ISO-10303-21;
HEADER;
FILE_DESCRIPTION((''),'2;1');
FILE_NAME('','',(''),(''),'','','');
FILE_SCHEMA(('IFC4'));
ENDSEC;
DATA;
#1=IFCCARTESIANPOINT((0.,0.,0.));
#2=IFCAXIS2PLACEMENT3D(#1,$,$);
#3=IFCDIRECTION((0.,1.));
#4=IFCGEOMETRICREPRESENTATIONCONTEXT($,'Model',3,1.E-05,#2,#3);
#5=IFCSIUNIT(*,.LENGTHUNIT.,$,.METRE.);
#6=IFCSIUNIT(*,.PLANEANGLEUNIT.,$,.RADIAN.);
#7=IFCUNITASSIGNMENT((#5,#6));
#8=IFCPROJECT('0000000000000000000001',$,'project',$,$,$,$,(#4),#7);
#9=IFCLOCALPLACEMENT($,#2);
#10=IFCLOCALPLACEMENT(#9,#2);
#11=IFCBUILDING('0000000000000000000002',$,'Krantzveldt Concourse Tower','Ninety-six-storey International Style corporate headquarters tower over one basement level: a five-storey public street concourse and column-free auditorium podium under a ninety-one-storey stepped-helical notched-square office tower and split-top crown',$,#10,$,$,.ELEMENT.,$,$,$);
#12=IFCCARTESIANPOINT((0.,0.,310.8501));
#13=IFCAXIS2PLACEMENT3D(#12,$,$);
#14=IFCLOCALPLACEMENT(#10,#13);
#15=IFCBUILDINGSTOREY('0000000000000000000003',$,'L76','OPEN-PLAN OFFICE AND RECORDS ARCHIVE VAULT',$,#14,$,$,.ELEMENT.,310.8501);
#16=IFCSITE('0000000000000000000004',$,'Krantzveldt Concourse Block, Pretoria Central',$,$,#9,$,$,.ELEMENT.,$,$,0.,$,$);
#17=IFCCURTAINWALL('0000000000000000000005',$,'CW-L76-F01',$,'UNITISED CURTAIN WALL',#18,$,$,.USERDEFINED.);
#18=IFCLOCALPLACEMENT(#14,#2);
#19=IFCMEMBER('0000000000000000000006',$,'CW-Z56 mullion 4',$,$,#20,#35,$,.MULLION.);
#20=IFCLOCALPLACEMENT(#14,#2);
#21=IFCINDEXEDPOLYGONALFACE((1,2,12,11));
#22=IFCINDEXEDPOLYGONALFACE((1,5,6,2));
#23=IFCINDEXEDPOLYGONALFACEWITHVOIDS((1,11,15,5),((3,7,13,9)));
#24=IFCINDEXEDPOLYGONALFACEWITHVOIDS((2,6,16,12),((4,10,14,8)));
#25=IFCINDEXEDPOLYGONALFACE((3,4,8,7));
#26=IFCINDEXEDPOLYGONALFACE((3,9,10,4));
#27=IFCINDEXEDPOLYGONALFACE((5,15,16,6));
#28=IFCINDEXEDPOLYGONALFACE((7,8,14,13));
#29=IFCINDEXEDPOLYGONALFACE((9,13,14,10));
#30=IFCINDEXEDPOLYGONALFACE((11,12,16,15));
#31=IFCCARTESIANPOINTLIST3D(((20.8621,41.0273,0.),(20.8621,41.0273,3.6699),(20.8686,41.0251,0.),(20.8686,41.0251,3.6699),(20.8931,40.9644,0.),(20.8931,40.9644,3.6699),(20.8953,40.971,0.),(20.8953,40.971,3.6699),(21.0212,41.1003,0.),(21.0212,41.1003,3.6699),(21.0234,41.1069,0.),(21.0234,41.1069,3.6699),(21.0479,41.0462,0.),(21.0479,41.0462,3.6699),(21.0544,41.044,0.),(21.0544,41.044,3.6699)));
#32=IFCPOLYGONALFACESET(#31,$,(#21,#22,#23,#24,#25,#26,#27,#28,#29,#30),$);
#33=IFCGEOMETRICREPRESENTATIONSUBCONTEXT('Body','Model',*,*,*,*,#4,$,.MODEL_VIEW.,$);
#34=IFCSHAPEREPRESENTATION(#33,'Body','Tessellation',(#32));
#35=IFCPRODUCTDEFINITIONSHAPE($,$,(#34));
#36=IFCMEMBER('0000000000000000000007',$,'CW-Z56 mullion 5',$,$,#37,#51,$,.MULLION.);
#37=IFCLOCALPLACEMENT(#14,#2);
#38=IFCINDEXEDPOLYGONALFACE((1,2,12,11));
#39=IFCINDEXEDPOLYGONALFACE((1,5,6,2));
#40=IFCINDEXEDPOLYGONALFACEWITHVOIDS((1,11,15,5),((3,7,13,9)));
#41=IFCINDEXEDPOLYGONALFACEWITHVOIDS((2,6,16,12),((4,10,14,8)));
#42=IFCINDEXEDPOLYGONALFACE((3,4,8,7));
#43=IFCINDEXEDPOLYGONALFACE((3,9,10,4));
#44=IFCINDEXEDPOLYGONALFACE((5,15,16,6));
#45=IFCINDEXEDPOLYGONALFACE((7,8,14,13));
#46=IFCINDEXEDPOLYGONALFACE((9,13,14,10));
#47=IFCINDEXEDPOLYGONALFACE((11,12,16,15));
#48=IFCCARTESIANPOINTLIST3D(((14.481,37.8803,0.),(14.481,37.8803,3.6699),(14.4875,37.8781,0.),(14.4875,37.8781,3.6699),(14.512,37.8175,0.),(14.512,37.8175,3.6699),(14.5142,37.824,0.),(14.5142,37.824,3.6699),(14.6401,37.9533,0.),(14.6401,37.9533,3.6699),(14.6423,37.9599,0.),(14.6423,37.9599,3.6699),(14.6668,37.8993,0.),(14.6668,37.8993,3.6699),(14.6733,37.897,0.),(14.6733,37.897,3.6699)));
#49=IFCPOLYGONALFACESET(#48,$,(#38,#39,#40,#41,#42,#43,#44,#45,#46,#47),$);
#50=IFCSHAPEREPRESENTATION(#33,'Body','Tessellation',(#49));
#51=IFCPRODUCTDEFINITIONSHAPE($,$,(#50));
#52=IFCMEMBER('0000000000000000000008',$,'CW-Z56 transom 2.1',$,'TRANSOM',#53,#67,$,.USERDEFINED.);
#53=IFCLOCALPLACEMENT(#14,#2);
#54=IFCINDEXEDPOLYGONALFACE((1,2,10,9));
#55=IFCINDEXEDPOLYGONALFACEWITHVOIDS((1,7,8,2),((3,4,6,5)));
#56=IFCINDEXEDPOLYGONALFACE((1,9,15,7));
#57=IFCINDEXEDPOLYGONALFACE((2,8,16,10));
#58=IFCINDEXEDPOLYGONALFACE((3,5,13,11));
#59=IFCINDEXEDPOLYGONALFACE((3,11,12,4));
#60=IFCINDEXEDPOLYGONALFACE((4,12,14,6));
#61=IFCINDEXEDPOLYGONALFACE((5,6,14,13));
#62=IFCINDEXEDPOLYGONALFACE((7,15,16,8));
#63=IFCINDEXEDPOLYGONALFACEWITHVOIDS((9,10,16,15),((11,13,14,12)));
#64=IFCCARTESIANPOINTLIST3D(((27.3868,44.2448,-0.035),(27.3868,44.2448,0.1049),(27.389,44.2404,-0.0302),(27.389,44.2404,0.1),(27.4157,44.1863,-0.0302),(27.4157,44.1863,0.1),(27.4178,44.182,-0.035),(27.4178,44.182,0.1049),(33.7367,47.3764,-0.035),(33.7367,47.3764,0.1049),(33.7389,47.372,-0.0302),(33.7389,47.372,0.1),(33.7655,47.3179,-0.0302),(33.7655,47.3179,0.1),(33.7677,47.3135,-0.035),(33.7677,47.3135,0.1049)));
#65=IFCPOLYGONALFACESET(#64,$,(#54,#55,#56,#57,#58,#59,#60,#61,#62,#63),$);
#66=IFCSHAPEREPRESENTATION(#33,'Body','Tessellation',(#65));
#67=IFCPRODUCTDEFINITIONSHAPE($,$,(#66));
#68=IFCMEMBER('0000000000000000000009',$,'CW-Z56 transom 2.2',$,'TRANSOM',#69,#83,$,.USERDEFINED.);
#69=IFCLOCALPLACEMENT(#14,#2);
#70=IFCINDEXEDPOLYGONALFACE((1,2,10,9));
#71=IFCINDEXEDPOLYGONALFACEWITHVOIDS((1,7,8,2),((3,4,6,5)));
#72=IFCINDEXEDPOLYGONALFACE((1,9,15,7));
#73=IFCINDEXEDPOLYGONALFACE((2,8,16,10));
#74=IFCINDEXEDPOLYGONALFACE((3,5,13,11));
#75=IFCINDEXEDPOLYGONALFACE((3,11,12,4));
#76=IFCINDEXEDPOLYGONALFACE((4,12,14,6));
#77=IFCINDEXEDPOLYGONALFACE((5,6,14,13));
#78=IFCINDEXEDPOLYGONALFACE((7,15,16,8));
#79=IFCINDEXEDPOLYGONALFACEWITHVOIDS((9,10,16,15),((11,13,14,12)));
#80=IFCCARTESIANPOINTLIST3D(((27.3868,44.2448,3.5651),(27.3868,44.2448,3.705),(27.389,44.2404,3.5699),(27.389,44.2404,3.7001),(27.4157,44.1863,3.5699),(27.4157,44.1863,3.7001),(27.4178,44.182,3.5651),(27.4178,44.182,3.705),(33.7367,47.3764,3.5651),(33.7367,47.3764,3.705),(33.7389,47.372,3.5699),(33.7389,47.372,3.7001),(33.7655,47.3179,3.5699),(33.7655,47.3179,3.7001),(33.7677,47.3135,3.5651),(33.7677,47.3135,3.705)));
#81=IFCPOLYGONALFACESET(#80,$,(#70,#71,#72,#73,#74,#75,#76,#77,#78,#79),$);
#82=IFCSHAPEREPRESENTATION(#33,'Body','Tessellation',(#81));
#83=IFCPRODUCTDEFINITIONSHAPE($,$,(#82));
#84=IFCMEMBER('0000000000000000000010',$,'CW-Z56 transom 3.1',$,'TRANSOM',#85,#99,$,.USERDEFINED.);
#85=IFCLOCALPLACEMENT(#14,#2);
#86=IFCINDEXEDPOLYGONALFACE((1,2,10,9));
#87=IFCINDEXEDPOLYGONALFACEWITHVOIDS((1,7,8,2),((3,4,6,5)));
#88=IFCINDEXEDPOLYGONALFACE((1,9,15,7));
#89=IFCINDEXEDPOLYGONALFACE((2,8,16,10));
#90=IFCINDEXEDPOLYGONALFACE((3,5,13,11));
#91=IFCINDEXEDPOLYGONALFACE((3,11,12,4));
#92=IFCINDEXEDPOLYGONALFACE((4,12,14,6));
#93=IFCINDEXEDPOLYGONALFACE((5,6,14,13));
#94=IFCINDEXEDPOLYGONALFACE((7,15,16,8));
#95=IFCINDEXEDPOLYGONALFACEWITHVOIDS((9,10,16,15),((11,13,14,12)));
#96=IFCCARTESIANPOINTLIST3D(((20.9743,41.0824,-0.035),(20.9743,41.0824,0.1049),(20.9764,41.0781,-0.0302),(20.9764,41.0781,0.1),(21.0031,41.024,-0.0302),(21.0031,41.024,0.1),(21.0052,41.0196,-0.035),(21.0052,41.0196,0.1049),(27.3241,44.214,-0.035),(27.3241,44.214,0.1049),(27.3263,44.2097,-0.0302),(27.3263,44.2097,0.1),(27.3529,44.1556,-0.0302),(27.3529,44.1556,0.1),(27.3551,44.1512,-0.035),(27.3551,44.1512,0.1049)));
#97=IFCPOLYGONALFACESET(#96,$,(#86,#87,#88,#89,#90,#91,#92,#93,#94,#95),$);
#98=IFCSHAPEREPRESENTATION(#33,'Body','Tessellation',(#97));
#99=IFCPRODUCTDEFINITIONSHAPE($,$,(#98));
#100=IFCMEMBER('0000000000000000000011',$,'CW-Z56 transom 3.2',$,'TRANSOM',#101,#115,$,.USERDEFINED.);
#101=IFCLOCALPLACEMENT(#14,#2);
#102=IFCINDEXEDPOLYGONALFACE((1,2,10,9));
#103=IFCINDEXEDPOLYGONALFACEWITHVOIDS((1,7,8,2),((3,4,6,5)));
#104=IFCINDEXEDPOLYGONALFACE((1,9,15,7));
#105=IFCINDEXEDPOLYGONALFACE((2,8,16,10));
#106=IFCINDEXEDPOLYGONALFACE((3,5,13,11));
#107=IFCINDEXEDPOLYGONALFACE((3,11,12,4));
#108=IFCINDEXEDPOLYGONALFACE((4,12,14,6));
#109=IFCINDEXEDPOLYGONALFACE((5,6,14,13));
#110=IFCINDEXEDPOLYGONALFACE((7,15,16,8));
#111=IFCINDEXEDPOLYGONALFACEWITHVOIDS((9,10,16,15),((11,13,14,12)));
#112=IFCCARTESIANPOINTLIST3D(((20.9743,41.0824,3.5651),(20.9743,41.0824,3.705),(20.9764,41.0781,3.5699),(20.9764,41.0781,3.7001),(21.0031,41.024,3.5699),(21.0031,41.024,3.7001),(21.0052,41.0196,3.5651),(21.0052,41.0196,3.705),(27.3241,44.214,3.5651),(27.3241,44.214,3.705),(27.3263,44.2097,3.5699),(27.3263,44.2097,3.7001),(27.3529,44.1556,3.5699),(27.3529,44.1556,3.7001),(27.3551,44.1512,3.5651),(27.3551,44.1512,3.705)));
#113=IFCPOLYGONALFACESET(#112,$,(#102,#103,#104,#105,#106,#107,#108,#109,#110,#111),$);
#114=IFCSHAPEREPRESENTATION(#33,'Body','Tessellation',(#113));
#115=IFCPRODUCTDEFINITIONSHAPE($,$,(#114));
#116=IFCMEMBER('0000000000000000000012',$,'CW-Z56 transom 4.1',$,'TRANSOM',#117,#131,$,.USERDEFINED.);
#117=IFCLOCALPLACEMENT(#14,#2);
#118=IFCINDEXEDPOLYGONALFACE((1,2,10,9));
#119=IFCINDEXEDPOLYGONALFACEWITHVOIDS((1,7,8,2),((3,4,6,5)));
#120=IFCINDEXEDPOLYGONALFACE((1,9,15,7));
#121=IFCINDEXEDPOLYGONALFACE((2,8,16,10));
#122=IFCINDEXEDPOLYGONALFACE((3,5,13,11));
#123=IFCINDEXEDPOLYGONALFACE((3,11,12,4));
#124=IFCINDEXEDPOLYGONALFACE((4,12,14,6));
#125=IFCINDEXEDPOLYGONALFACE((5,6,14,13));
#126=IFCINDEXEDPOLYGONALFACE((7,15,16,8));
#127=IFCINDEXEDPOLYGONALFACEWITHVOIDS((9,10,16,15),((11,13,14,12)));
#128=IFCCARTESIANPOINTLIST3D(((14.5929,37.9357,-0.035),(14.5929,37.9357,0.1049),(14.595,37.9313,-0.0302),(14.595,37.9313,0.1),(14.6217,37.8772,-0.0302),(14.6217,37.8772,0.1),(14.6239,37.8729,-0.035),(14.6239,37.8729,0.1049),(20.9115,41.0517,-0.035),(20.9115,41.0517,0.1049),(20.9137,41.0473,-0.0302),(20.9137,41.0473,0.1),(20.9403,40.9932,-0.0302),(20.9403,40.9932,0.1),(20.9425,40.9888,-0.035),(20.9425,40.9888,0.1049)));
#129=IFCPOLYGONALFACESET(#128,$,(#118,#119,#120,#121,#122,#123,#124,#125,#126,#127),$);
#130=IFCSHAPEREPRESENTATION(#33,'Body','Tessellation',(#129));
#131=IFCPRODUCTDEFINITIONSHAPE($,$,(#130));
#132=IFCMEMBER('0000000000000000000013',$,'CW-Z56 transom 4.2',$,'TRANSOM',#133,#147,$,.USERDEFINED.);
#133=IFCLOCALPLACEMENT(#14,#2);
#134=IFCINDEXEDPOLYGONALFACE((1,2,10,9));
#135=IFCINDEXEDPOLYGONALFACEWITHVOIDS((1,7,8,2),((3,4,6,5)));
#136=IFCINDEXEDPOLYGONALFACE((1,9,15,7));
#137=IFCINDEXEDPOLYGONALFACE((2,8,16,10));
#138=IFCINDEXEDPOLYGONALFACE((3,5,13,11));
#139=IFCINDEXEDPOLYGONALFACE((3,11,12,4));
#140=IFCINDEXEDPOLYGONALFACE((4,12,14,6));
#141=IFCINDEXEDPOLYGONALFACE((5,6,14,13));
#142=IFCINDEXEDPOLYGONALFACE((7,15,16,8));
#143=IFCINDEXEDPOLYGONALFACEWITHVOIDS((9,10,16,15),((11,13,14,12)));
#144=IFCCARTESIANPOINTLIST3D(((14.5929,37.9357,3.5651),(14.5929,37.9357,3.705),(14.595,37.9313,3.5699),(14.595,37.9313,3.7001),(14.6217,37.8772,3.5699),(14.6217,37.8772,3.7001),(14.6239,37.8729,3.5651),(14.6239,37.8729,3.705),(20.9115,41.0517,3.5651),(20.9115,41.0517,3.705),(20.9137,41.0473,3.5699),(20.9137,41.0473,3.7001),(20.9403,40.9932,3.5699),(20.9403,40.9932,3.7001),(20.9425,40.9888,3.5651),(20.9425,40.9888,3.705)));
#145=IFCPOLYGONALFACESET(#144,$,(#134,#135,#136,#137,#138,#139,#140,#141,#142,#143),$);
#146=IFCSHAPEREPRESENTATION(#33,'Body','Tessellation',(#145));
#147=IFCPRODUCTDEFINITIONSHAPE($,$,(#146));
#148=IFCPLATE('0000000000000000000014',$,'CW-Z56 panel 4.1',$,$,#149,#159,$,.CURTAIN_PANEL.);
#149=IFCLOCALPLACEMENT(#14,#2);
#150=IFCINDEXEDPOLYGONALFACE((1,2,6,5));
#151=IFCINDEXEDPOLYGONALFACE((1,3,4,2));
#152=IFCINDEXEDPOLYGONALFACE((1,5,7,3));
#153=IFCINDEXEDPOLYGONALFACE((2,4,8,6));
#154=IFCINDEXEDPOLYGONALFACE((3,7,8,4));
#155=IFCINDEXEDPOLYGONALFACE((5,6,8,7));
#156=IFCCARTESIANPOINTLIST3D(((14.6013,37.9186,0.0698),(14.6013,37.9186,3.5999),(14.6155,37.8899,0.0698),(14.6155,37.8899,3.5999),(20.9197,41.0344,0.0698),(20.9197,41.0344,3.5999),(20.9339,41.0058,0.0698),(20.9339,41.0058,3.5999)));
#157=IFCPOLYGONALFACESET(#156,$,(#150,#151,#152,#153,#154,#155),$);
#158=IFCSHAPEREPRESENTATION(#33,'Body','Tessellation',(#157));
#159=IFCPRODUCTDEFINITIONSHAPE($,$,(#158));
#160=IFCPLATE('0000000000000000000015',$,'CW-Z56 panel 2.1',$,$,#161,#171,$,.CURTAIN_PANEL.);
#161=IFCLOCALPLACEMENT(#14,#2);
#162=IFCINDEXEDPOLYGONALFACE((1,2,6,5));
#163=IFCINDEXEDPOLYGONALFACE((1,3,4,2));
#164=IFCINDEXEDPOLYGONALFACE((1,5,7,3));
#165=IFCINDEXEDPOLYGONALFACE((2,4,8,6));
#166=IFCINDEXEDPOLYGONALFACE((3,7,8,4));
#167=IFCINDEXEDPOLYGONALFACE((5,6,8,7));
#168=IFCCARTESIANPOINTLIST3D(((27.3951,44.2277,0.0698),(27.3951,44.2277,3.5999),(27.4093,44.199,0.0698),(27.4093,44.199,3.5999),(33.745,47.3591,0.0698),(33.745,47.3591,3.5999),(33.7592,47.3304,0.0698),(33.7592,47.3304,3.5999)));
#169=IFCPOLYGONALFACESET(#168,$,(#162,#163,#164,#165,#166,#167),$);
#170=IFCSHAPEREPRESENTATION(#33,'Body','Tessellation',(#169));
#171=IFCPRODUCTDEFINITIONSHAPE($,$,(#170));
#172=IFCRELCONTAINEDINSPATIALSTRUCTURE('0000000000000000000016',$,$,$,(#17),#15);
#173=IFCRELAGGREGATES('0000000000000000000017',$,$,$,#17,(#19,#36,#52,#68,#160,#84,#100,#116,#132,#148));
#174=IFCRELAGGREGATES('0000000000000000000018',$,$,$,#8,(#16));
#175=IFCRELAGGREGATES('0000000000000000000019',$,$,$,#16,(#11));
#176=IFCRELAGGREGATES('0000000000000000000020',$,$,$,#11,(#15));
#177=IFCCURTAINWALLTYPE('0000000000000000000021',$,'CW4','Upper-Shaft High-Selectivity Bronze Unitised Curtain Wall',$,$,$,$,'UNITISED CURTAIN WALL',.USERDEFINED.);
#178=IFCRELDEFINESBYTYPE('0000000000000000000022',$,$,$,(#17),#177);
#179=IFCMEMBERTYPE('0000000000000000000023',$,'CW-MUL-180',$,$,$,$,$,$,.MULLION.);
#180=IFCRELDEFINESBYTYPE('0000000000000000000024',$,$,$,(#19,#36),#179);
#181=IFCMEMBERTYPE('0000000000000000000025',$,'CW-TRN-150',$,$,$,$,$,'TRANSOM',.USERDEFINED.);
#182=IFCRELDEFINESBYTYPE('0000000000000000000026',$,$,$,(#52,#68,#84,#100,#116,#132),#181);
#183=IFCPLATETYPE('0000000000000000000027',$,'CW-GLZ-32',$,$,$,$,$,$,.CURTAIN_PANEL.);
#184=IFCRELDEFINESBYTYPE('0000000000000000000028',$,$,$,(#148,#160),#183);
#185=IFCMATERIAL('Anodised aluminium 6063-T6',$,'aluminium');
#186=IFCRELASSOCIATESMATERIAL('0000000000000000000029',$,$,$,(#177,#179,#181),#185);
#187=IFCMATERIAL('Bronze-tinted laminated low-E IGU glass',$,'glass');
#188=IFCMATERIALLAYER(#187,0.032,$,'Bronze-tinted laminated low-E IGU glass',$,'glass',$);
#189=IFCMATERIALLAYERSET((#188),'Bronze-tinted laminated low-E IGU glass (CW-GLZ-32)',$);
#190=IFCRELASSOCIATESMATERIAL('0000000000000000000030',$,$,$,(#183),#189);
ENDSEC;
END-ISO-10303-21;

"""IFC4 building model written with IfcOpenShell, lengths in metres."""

from ifc_helpers import new_model, si_unit, direction, frame, origin, origin_2d, place, context, subcontext, project, spatial, rectangle, hollow_rectangle, extrude, source, transform, mapped, material, layer, layer_set, material_profile, profile_set, type_object, type_shapes, element, aggregate, save


model = new_model("IFC4")

# Units and contexts
model_context = context("Model", 3, precision=1e-05, world=origin(), true_north=direction((0.0, 1.0)))
body_context = subcontext(model_context, "Body", "Model", "MODEL_VIEW")
ifc_project = project(units=[si_unit("LENGTHUNIT", "METRE"), si_unit("PLANEANGLEUNIT", "RADIAN")], contexts=[model_context])

# Site, building, storey
site_placement = place(None, origin())
site = spatial("IfcSite", under=ifc_project, at=site_placement, Name="Krantzveldt Concourse Block, Pretoria Central", CompositionType="ELEMENT", RefElevation=0.0)
building_placement = place(site_placement, origin())
building = spatial("IfcBuilding", under=site, at=building_placement, Name="Krantzveldt Concourse Tower", Description="Ninety-six-storey International Style corporate headquarters tower over one basement level: a five-storey public street concourse and column-free auditorium podium under a ninety-one-storey stepped-helical notched-square office tower and split-top crown", CompositionType="ELEMENT")
storey_placement = place(building_placement, frame((0.0, 0.0, 310.8501)))
storey = spatial("IfcBuildingStorey", under=building, at=storey_placement, Name="L76", Description="OPEN-PLAN OFFICE AND RECORDS ARCHIVE VAULT", CompositionType="ELEMENT", Elevation=310.8501)

# Curtain wall, members, plates
ifc_material_1 = material(Name="Anodised aluminium 6063-T6", Category="aluminium")
curtain_wall_type = type_object("IfcCurtainWallType", Name="CW4", Description="Upper-Shaft High-Selectivity Bronze Unitised Curtain Wall", ElementType="UNITISED CURTAIN WALL", PredefinedType="USERDEFINED", material=ifc_material_1)
curtain_wall_placement = place(storey_placement, origin())
curtain_wall = element("IfcCurtainWall", 1, at=curtain_wall_placement, inside=storey, type_object=curtain_wall_type, Name="CW-L76-F01", ObjectType="UNITISED CURTAIN WALL", PredefinedType="USERDEFINED")
ifc_material_profile_1 = material_profile(ifc_material_1, hollow_rectangle(XDim=0.0701, YDim=0.1799, WallThickness=0.0049, at=origin_2d()), Name="Anodised aluminium 6063-T6", Category="aluminium")
ifc_profile_set_1 = profile_set([ifc_material_profile_1], Name="Anodised aluminium 6063-T6 - ALU-MULL 180x70x5")
member_type_1 = type_object("IfcMemberType", Name="CW-MUL-180", PredefinedType="MULLION", material=ifc_profile_set_1)
shared_shape_1 = source(origin(), body_context, "Body", "SweptSolid", [
    extrude(hollow_rectangle(XDim=0.0701, YDim=0.1799, WallThickness=0.0049, at=origin_2d()), origin(), (0.0, 0.0, 1.0), 3.6699),
])
type_shapes(member_type_1, [shared_shape_1])
member_1_placement = place(storey_placement, frame((20.9583, 41.0356, 0.0), z_axis=(0.0, 0.0, 1.0), x_axis=(0.442289, -0.896873, 0.0)))
member_1 = element("IfcMember", 2, at=member_1_placement, type_object=member_type_1, Name="CW-Z56 mullion 4", PredefinedType="MULLION", context=body_context, shape_type="MappedRepresentation", body=[
    mapped(shared_shape_1, transform((0.0, 0.0, 0.0), x_axis=(1.0, 0.0, 0.0), y_axis=(0.0, 1.0, 0.0), z_axis=(0.0, 0.0, 1.0), scale=1.0)),
])
member_2_placement = place(storey_placement, frame((14.5771, 37.8887, 0.0), z_axis=(0.0, 0.0, 1.0), x_axis=(0.442289, -0.896873, 0.0)))
member_2 = element("IfcMember", 3, at=member_2_placement, type_object=member_type_1, Name="CW-Z56 mullion 5", PredefinedType="MULLION", context=body_context, shape_type="MappedRepresentation", body=[
    mapped(shared_shape_1, transform((0.0, 0.0, 0.0), x_axis=(1.0, 0.0, 0.0), y_axis=(0.0, 1.0, 0.0), z_axis=(0.0, 0.0, 1.0), scale=1.0)),
])
ifc_material_profile_2 = material_profile(ifc_material_1, hollow_rectangle(XDim=0.0701, YDim=0.1399, WallThickness=0.0049, at=origin_2d()), Name="Anodised aluminium 6063-T6", Category="aluminium")
ifc_profile_set_2 = profile_set([ifc_material_profile_2], Name="Anodised aluminium 6063-T6 - ALU-TRAN 140x70x5")
member_type_2 = type_object("IfcMemberType", Name="CW-TRN-150", ElementType="TRANSOM", PredefinedType="USERDEFINED", material=ifc_profile_set_2)
shared_shape_2 = source(origin(), body_context, "Body", "SweptSolid", [
    extrude(hollow_rectangle(XDim=0.0701, YDim=0.1399, WallThickness=0.0049, at=origin_2d()), origin(), (0.0, 0.0, 1.0), 7.0801),
])
member_3_placement = place(storey_placement, frame((33.7522, 47.345, 0.0349), z_axis=(-0.896862, -0.44231, 0.0), x_axis=(0.44231, -0.896862, 0.0)))
member_3 = element("IfcMember", 4, at=member_3_placement, type_object=member_type_2, Name="CW-Z56 transom 2.1", ObjectType="TRANSOM", PredefinedType="USERDEFINED", context=body_context, shape_type="MappedRepresentation", body=[
    mapped(shared_shape_2, transform((0.0, 0.0, 0.0), x_axis=(1.0, 0.0, 0.0), y_axis=(0.0, 1.0, 0.0), z_axis=(0.0, 0.0, 1.0), scale=1.0)),
])
member_4_placement = place(storey_placement, frame((33.7522, 47.345, 3.635), z_axis=(-0.896862, -0.44231, 0.0), x_axis=(0.44231, -0.896862, 0.0)))
member_4 = element("IfcMember", 5, at=member_4_placement, type_object=member_type_2, Name="CW-Z56 transom 2.2", ObjectType="TRANSOM", PredefinedType="USERDEFINED", context=body_context, shape_type="MappedRepresentation", body=[
    mapped(shared_shape_2, transform((0.0, 0.0, 0.0), x_axis=(1.0, 0.0, 0.0), y_axis=(0.0, 1.0, 0.0), z_axis=(0.0, 0.0, 1.0), scale=1.0)),
])
member_5_placement = place(storey_placement, frame((27.3396, 44.1826, 0.0349), z_axis=(-0.896862, -0.44231, 0.0), x_axis=(0.44231, -0.896862, 0.0)))
member_5 = element("IfcMember", 6, at=member_5_placement, type_object=member_type_2, Name="CW-Z56 transom 3.1", ObjectType="TRANSOM", PredefinedType="USERDEFINED", context=body_context, shape_type="MappedRepresentation", body=[
    mapped(shared_shape_2, transform((0.0, 0.0, 0.0), x_axis=(1.0, 0.0, 0.0), y_axis=(0.0, 1.0, 0.0), z_axis=(0.0, 0.0, 1.0), scale=1.0)),
])
member_6_placement = place(storey_placement, frame((27.3396, 44.1826, 3.635), z_axis=(-0.896862, -0.44231, 0.0), x_axis=(0.44231, -0.896862, 0.0)))
member_6 = element("IfcMember", 7, at=member_6_placement, type_object=member_type_2, Name="CW-Z56 transom 3.2", ObjectType="TRANSOM", PredefinedType="USERDEFINED", context=body_context, shape_type="MappedRepresentation", body=[
    mapped(shared_shape_2, transform((0.0, 0.0, 0.0), x_axis=(1.0, 0.0, 0.0), y_axis=(0.0, 1.0, 0.0), z_axis=(0.0, 0.0, 1.0), scale=1.0)),
])
shared_shape_3 = source(origin(), body_context, "Body", "SweptSolid", [
    extrude(hollow_rectangle(XDim=0.0701, YDim=0.1399, WallThickness=0.0049, at=origin_2d()), origin(), (0.0, 0.0, 1.0), 7.0452),
])
type_shapes(member_type_2, [shared_shape_2, shared_shape_3])
member_7_placement = place(storey_placement, frame((20.927, 41.0203, 0.0349), z_axis=(-0.896874, -0.442286, 0.0), x_axis=(0.442286, -0.896874, 0.0)))
member_7 = element("IfcMember", 8, at=member_7_placement, type_object=member_type_2, Name="CW-Z56 transom 4.1", ObjectType="TRANSOM", PredefinedType="USERDEFINED", context=body_context, shape_type="MappedRepresentation", body=[
    mapped(shared_shape_3, transform((0.0, 0.0, 0.0), x_axis=(1.0, 0.0, 0.0), y_axis=(0.0, 1.0, 0.0), z_axis=(0.0, 0.0, 1.0), scale=1.0)),
])
member_8_placement = place(storey_placement, frame((20.927, 41.0203, 3.635), z_axis=(-0.896874, -0.442286, 0.0), x_axis=(0.442286, -0.896874, 0.0)))
member_8 = element("IfcMember", 9, at=member_8_placement, type_object=member_type_2, Name="CW-Z56 transom 4.2", ObjectType="TRANSOM", PredefinedType="USERDEFINED", context=body_context, shape_type="MappedRepresentation", body=[
    mapped(shared_shape_3, transform((0.0, 0.0, 0.0), x_axis=(1.0, 0.0, 0.0), y_axis=(0.0, 1.0, 0.0), z_axis=(0.0, 0.0, 1.0), scale=1.0)),
])
ifc_material_2 = material(Name="Bronze-tinted laminated low-E IGU glass", Category="glass")
ifc_layer_1 = layer(ifc_material_2, 0.032, Name="Bronze-tinted laminated low-E IGU glass", Category="glass")
ifc_layer_set_1 = layer_set([ifc_layer_1], Name="Bronze-tinted laminated low-E IGU glass (CW-GLZ-32)")
plate_type = type_object("IfcPlateType", Name="CW-GLZ-32", PredefinedType="CURTAIN_PANEL", material=ifc_layer_set_1)
shared_shape_4 = source(origin(), body_context, "Body", "SweptSolid", [
    extrude(rectangle(XDim=7.0449, YDim=0.032, at=origin_2d()), origin(), (0.0, 0.0, 1.0), 3.53),
])
plate_1_placement = place(storey_placement, frame((17.7676, 39.4622, 0.0698), z_axis=(0.0, 0.0, 1.0), x_axis=(-0.896873, -0.442289, 0.0)))
plate_1 = element("IfcPlate", 10, at=plate_1_placement, type_object=plate_type, Name="CW-Z56 panel 4.1", PredefinedType="CURTAIN_PANEL", context=body_context, shape_type="MappedRepresentation", body=[
    mapped(shared_shape_4, transform((0.0, 0.0, 0.0), x_axis=(1.0, 0.0, 0.0), y_axis=(0.0, 1.0, 0.0), z_axis=(0.0, 0.0, 1.0), scale=1.0)),
])
shared_shape_5 = source(origin(), body_context, "Body", "SweptSolid", [
    extrude(rectangle(XDim=7.0801, YDim=0.032, at=origin_2d()), origin(), (0.0, 0.0, 1.0), 3.53),
])
type_shapes(plate_type, [shared_shape_4, shared_shape_5])
plate_2_placement = place(storey_placement, frame((30.5771, 45.7791, 0.0698), z_axis=(0.0, 0.0, 1.0), x_axis=(-0.896873, -0.442289, 0.0)))
plate_2 = element("IfcPlate", 11, at=plate_2_placement, type_object=plate_type, Name="CW-Z56 panel 2.1", PredefinedType="CURTAIN_PANEL", context=body_context, shape_type="MappedRepresentation", body=[
    mapped(shared_shape_5, transform((0.0, 0.0, 0.0), x_axis=(1.0, 0.0, 0.0), y_axis=(0.0, 1.0, 0.0), z_axis=(0.0, 0.0, 1.0), scale=1.0)),
])
aggregate(curtain_wall, [member_1, member_2, member_3, member_4, plate_2, member_5, member_6, member_7, member_8, plate_1])

save(model, "model.ifc")
